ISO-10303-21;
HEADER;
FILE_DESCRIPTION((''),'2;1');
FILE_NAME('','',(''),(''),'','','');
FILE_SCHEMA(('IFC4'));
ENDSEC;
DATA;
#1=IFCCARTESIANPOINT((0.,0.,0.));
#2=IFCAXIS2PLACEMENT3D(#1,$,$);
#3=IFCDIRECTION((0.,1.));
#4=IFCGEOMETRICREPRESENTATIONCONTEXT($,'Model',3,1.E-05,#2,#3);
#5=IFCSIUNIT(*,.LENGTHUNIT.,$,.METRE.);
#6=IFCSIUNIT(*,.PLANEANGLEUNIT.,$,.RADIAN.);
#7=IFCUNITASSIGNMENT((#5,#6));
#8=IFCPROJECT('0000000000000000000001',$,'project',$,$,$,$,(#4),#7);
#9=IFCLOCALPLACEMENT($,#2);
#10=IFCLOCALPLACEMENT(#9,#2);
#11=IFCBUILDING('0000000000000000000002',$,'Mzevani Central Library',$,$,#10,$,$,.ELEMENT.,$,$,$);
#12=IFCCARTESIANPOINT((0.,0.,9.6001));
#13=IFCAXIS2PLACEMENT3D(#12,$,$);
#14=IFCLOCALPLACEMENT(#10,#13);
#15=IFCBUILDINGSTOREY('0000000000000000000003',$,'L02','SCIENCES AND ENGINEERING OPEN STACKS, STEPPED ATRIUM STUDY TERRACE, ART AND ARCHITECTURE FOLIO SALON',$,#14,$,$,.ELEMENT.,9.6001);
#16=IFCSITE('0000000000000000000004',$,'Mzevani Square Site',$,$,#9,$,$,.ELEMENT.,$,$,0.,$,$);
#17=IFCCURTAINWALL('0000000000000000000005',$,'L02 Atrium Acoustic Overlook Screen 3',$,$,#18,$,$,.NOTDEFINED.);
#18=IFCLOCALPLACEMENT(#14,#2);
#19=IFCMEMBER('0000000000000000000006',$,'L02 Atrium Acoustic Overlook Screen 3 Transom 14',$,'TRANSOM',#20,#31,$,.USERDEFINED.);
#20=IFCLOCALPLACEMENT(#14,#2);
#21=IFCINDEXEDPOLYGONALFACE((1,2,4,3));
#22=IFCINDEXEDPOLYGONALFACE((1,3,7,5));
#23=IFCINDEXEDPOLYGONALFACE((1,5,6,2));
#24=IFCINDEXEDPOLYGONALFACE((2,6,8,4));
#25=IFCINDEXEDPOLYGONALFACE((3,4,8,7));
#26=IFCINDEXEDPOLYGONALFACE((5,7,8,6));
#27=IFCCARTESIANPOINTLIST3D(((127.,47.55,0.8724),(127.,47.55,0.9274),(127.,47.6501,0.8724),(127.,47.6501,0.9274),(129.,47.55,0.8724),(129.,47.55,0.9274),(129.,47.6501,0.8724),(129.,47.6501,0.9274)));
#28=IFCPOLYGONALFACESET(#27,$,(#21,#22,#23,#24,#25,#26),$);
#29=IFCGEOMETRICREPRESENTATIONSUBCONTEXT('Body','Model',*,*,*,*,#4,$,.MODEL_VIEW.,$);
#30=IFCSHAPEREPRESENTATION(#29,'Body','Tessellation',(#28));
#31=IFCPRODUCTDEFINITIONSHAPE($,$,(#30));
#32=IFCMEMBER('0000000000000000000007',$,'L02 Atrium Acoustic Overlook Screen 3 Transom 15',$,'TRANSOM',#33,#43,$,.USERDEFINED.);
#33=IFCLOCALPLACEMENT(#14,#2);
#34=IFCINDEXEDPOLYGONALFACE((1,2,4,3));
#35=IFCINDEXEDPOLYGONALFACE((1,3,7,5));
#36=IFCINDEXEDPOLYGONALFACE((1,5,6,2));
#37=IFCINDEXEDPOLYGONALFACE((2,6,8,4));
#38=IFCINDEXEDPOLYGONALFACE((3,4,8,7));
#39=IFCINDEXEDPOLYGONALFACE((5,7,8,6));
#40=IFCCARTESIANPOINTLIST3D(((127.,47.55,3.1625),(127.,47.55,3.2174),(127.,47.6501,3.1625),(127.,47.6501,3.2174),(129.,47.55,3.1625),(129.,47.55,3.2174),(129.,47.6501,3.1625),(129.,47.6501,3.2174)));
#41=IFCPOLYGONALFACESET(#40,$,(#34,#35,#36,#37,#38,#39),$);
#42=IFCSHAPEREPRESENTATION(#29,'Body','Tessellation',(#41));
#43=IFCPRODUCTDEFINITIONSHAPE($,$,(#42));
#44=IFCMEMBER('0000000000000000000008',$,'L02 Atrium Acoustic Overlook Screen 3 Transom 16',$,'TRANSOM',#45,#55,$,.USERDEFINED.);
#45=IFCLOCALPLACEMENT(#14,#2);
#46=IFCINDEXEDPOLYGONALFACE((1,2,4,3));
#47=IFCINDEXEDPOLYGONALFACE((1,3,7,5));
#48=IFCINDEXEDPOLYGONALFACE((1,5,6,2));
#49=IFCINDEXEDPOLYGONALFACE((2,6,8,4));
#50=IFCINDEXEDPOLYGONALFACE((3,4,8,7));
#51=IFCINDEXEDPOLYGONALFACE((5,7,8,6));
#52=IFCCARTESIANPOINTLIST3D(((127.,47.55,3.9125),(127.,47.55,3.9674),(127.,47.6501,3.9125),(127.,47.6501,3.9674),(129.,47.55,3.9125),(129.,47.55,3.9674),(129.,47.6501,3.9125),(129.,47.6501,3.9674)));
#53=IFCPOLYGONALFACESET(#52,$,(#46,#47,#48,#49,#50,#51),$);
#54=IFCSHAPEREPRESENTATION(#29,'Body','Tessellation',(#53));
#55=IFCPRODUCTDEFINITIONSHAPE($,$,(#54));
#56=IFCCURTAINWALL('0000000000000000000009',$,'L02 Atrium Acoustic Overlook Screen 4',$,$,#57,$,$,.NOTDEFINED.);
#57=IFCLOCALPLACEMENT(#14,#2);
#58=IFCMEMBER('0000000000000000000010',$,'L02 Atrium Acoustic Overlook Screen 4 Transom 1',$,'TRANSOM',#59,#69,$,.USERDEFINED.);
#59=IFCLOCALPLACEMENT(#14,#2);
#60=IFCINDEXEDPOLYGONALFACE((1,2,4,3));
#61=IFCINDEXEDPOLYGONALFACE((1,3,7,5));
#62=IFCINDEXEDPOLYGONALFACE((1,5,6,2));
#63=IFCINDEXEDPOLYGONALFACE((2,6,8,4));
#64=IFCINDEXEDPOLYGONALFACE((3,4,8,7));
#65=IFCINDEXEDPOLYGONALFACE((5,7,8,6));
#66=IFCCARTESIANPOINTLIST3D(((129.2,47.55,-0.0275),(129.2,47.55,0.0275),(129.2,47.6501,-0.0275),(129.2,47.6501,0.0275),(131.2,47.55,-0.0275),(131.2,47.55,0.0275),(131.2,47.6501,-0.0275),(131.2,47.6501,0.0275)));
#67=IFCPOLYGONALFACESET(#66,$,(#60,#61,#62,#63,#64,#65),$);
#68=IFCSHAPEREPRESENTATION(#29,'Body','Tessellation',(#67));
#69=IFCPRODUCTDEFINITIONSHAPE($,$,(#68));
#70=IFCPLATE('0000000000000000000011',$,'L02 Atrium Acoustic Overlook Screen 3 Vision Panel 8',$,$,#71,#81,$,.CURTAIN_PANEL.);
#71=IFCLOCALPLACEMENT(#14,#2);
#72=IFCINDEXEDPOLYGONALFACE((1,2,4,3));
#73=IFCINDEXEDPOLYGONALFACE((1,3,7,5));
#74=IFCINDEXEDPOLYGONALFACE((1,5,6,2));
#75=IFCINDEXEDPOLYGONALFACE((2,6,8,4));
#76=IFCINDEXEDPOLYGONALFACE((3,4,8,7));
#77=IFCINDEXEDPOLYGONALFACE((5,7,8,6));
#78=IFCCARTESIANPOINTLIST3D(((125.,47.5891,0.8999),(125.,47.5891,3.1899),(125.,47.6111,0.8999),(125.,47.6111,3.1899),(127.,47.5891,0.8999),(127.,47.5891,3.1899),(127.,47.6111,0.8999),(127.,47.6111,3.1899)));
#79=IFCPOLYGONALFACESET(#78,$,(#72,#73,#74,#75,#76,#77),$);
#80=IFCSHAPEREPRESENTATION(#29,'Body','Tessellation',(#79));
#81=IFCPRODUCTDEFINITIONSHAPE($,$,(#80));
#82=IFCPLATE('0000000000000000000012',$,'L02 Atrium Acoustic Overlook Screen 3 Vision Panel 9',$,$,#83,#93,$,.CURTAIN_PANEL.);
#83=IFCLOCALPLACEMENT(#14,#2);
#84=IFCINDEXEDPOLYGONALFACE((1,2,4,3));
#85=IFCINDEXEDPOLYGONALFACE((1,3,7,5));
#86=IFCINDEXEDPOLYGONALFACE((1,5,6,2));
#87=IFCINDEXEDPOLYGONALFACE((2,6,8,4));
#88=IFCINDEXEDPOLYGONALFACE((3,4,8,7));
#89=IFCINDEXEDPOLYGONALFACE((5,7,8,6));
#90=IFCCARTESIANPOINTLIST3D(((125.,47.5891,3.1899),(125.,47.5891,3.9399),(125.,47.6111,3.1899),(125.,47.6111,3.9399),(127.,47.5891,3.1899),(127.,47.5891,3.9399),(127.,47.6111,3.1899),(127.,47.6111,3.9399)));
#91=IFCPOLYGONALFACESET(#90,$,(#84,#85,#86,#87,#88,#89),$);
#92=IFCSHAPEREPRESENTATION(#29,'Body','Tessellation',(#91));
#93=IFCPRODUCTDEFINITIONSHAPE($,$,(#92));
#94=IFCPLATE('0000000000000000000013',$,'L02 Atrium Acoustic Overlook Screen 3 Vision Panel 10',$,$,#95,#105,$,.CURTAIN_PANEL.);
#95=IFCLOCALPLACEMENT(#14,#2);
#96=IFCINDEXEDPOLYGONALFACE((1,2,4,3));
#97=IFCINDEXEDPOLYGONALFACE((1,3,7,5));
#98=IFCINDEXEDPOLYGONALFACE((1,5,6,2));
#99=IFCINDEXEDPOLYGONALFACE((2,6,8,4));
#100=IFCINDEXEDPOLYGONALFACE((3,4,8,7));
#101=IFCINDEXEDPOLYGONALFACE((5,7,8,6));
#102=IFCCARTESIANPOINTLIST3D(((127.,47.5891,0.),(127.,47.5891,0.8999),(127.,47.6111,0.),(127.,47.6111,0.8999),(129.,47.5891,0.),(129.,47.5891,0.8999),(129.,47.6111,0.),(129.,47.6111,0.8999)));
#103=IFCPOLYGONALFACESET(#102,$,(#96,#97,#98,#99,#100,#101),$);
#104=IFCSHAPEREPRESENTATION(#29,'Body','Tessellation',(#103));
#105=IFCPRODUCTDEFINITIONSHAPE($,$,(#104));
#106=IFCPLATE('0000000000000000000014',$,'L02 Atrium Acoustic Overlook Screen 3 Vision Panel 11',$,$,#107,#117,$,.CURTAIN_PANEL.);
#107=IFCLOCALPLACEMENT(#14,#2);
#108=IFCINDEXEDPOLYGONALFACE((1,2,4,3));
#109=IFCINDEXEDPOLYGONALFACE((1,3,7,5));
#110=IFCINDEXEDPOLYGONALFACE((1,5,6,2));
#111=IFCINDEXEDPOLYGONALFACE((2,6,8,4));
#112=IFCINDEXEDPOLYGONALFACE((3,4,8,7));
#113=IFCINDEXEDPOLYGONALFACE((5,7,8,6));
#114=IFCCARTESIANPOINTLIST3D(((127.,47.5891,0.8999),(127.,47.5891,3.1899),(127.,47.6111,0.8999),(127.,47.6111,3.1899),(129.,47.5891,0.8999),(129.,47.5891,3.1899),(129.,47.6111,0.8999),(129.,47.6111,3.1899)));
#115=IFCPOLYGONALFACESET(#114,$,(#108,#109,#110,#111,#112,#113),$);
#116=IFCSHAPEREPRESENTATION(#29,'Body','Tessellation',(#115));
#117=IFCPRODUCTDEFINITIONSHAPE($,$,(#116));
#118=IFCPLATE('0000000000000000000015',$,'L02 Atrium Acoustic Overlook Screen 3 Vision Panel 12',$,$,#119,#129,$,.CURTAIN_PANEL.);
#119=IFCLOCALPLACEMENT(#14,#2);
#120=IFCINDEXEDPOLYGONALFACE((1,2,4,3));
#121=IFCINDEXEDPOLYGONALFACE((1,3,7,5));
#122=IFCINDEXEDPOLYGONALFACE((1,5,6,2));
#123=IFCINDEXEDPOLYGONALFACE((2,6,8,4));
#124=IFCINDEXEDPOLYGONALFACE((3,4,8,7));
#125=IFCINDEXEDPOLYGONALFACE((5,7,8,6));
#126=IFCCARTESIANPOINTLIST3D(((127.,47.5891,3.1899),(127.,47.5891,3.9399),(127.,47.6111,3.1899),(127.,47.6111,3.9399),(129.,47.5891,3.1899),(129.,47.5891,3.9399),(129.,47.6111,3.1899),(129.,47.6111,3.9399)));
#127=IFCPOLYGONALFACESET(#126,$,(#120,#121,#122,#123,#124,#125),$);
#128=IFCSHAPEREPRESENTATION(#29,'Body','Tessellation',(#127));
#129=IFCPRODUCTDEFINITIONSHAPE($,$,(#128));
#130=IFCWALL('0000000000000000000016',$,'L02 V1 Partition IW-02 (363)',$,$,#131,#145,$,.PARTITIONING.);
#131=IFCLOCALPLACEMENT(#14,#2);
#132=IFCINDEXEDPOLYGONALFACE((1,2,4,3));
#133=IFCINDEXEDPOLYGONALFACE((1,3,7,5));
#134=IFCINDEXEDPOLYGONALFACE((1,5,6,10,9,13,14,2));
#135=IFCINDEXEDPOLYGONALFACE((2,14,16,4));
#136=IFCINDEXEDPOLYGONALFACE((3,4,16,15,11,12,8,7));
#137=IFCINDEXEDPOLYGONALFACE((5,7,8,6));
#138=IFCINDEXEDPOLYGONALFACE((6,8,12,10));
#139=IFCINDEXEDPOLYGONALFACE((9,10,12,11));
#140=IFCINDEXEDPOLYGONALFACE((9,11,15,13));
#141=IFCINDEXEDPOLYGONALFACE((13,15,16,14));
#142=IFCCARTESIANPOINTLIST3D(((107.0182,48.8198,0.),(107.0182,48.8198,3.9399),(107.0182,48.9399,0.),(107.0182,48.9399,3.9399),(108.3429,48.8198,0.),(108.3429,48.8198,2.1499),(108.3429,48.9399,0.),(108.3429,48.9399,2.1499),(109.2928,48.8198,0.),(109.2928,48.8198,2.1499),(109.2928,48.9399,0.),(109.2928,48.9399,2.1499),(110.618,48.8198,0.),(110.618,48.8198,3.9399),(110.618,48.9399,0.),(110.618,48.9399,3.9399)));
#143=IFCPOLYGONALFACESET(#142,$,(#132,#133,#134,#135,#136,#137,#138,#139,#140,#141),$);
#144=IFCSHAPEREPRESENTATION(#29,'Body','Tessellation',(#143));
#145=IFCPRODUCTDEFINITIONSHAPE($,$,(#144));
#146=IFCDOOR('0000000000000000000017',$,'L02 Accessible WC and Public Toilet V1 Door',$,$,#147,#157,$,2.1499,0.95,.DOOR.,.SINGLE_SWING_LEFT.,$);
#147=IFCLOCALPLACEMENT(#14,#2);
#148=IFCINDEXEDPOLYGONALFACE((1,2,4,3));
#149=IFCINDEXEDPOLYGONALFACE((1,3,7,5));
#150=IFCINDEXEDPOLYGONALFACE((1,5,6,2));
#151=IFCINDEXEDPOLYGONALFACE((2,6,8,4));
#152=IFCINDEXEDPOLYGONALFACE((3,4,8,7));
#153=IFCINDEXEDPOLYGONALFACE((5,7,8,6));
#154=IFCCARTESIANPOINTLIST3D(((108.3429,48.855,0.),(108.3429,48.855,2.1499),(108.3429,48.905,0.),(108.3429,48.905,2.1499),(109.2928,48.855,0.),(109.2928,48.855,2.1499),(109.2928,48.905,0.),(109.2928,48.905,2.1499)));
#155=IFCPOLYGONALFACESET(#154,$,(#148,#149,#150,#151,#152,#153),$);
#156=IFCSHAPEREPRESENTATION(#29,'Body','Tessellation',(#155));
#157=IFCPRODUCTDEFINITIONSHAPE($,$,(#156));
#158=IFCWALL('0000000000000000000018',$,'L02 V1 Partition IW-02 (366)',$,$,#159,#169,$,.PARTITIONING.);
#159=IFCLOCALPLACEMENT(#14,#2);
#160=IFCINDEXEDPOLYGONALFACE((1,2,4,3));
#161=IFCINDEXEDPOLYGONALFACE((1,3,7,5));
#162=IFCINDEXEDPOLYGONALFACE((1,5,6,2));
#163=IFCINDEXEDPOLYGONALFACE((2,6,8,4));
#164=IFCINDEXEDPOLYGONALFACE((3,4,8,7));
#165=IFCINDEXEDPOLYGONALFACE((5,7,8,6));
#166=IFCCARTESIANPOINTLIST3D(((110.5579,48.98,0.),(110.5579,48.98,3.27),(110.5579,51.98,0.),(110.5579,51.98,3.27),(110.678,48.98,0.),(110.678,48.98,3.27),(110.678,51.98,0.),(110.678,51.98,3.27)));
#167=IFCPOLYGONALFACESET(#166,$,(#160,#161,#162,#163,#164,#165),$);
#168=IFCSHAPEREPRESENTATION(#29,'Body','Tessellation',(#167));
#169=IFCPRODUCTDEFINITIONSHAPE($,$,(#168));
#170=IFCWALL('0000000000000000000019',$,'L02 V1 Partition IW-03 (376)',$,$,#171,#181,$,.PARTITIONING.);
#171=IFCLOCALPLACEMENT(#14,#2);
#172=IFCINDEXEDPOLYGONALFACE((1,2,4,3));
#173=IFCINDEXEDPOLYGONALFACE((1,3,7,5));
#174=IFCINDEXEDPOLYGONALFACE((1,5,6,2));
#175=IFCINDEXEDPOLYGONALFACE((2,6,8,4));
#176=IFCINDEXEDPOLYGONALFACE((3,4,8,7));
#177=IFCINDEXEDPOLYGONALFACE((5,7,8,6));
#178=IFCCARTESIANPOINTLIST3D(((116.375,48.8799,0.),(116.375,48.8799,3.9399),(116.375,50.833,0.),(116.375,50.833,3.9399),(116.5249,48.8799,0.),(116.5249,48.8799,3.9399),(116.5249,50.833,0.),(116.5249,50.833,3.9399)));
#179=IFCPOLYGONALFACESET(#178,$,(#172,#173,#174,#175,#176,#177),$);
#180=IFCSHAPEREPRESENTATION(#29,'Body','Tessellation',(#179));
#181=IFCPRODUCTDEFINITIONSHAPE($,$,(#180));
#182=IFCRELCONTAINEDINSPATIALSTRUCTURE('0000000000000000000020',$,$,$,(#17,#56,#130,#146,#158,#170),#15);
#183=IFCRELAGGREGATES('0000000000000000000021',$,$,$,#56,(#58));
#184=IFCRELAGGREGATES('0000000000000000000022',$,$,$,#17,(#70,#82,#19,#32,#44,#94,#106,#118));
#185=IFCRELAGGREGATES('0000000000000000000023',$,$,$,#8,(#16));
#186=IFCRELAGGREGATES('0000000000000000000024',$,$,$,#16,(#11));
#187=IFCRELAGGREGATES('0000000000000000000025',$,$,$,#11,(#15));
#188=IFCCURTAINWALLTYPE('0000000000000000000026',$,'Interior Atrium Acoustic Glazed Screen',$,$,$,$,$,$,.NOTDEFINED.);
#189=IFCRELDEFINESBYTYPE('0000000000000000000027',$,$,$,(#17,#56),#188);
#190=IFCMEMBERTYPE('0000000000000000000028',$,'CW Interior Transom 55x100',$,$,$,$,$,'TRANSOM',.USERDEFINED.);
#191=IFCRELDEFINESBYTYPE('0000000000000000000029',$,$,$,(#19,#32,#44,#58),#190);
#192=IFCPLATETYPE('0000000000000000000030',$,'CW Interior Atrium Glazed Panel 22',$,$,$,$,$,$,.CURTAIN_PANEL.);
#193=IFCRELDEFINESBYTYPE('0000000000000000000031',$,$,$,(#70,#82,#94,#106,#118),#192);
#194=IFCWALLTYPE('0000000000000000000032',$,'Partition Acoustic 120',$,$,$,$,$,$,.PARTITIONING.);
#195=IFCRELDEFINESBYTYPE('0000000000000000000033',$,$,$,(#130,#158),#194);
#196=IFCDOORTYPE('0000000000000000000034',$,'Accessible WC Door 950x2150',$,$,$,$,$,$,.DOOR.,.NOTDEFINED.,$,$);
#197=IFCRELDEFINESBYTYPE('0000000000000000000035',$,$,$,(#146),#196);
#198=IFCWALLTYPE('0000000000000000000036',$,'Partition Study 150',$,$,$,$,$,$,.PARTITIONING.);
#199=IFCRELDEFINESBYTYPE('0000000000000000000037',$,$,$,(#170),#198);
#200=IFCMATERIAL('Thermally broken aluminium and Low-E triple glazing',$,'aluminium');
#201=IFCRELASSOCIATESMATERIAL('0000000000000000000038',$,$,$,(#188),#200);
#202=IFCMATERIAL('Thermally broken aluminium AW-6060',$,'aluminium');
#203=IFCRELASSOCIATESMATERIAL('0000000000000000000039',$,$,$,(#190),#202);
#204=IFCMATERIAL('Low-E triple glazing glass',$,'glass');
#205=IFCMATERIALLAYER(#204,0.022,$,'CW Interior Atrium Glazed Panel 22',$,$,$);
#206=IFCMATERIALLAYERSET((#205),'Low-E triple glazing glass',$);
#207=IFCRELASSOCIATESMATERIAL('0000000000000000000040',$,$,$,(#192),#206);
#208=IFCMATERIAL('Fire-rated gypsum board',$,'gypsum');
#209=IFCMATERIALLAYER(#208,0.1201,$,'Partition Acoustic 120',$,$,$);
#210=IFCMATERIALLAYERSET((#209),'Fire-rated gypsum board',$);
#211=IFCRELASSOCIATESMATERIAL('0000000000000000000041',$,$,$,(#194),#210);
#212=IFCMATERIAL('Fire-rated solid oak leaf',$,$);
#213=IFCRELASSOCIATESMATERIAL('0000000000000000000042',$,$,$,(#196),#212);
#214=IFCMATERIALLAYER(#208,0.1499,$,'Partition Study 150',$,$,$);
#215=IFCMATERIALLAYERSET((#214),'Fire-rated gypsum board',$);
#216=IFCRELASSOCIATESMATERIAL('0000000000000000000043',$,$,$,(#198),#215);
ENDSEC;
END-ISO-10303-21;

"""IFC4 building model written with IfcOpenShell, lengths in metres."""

from ifc_helpers import new_model, si_unit, direction, frame, frame_2d, origin, origin_2d, place, context, subcontext, project, spatial, rectangle, extrude, material, layer, layer_set, material_profile, profile_set, type_object, element, fill, aggregate, save


model = new_model("IFC4")

# Units and contexts
model_context = context("Model", 3, precision=1e-05, world=origin(), true_north=direction((0.0, 1.0)))
body_context = subcontext(model_context, "Body", "Model", "MODEL_VIEW")
ifc_project = project(units=[si_unit("LENGTHUNIT", "METRE"), si_unit("PLANEANGLEUNIT", "RADIAN")], contexts=[model_context])

# Site, building, storey
site_placement = place(None, origin())
site = spatial("IfcSite", under=ifc_project, at=site_placement, Name="Mzevani Square Site", CompositionType="ELEMENT", RefElevation=0.0)
building_placement = place(site_placement, origin())
building = spatial("IfcBuilding", under=site, at=building_placement, Name="Mzevani Central Library", CompositionType="ELEMENT")
storey_placement = place(building_placement, frame((0.0, 0.0, 9.6001)))
storey = spatial("IfcBuildingStorey", under=building, at=storey_placement, Name="L02", Description="SCIENCES AND ENGINEERING OPEN STACKS, STEPPED ATRIUM STUDY TERRACE, ART AND ARCHITECTURE FOLIO SALON", CompositionType="ELEMENT", Elevation=9.6001)

# Curtain wall, members
ifc_material_1 = material(Name="Thermally broken aluminium and Low-E triple glazing", Category="aluminium")
curtain_wall_type = type_object("IfcCurtainWallType", Name="Interior Atrium Acoustic Glazed Screen", PredefinedType="NOTDEFINED", material=ifc_material_1)
curtain_wall_1_placement = place(storey_placement, origin())
curtain_wall_1 = element("IfcCurtainWall", 1, at=curtain_wall_1_placement, inside=storey, type_object=curtain_wall_type, Name="L02 Atrium Acoustic Overlook Screen 3", PredefinedType="NOTDEFINED")
ifc_material_2 = material(Name="Thermally broken aluminium AW-6060", Category="aluminium")
ifc_material_profile_1 = material_profile(ifc_material_2, rectangle(XDim=0.1001, YDim=0.0549, at=origin_2d()), Name="ALU T55x100")
ifc_profile_set_1 = profile_set([ifc_material_profile_1], Name="Thermally broken aluminium AW-6060")
member_type_1 = type_object("IfcMemberType", Name="CW Interior Transom 55x100", ElementType="TRANSOM", PredefinedType="USERDEFINED", material=ifc_profile_set_1)
member_1_placement = place(storey_placement, frame((127.0, 47.6001, 0.8999), z_axis=(1.0, 0.0, 0.0), x_axis=(0.0, 1.0, 0.0)))
member_1 = element("IfcMember", 2, at=member_1_placement, type_object=member_type_1, Name="L02 Atrium Acoustic Overlook Screen 3 Transom 14", ObjectType="TRANSOM", PredefinedType="USERDEFINED", context=body_context, shape_type="SweptSolid", body=[
    extrude(rectangle(XDim=0.1001, YDim=0.0549, at=origin_2d()), origin(), (0.0, 0.0, 1.0), 2.0),
])
member_2_placement = place(storey_placement, frame((127.0, 47.6001, 3.1899), z_axis=(1.0, 0.0, 0.0), x_axis=(0.0, 1.0, 0.0)))
member_2 = element("IfcMember", 3, at=member_2_placement, type_object=member_type_1, Name="L02 Atrium Acoustic Overlook Screen 3 Transom 15", ObjectType="TRANSOM", PredefinedType="USERDEFINED", context=body_context, shape_type="SweptSolid", body=[
    extrude(rectangle(XDim=0.1001, YDim=0.0549, at=origin_2d()), origin(), (0.0, 0.0, 1.0), 2.0),
])
member_3_placement = place(storey_placement, frame((127.0, 47.6001, 3.9399), z_axis=(1.0, 0.0, 0.0), x_axis=(0.0, 1.0, 0.0)))
member_3 = element("IfcMember", 4, at=member_3_placement, type_object=member_type_1, Name="L02 Atrium Acoustic Overlook Screen 3 Transom 16", ObjectType="TRANSOM", PredefinedType="USERDEFINED", context=body_context, shape_type="SweptSolid", body=[
    extrude(rectangle(XDim=0.1001, YDim=0.0549, at=origin_2d()), origin(), (0.0, 0.0, 1.0), 2.0),
])

# Curtain wall, member
curtain_wall_2_placement = place(storey_placement, origin())
curtain_wall_2 = element("IfcCurtainWall", 5, at=curtain_wall_2_placement, inside=storey, type_object=curtain_wall_type, Name="L02 Atrium Acoustic Overlook Screen 4", PredefinedType="NOTDEFINED")
member_4_placement = place(storey_placement, frame((129.2, 47.6001, 0.0), z_axis=(1.0, 0.0, 0.0), x_axis=(0.0, 1.0, 0.0)))
member_4 = element("IfcMember", 6, at=member_4_placement, type_object=member_type_1, Name="L02 Atrium Acoustic Overlook Screen 4 Transom 1", ObjectType="TRANSOM", PredefinedType="USERDEFINED", context=body_context, shape_type="SweptSolid", body=[
    extrude(rectangle(XDim=0.1001, YDim=0.0549, at=origin_2d()), origin(), (0.0, 0.0, 1.0), 2.0),
])
aggregate(curtain_wall_2, [member_4])

# Plates
ifc_material_3 = material(Name="Low-E triple glazing glass", Category="glass")
ifc_layer_1 = layer(ifc_material_3, 0.022, Name="CW Interior Atrium Glazed Panel 22")
ifc_layer_set_1 = layer_set([ifc_layer_1], Name="Low-E triple glazing glass")
plate_type = type_object("IfcPlateType", Name="CW Interior Atrium Glazed Panel 22", PredefinedType="CURTAIN_PANEL", material=ifc_layer_set_1)
plate_1_placement = place(storey_placement, frame((126.0, 47.6001, 0.8999), z_axis=(0.0, 0.0, 1.0), x_axis=(1.0, 0.0, 0.0)))
plate_1 = element("IfcPlate", 7, at=plate_1_placement, type_object=plate_type, Name="L02 Atrium Acoustic Overlook Screen 3 Vision Panel 8", PredefinedType="CURTAIN_PANEL", context=body_context, shape_type="SweptSolid", body=[
    extrude(rectangle(XDim=2.0, YDim=0.022, at=origin_2d()), origin(), (0.0, 0.0, 1.0), 2.29),
])
plate_2_placement = place(storey_placement, frame((126.0, 47.6001, 3.1899), z_axis=(0.0, 0.0, 1.0), x_axis=(1.0, 0.0, 0.0)))
plate_2 = element("IfcPlate", 8, at=plate_2_placement, type_object=plate_type, Name="L02 Atrium Acoustic Overlook Screen 3 Vision Panel 9", PredefinedType="CURTAIN_PANEL", context=body_context, shape_type="SweptSolid", body=[
    extrude(rectangle(XDim=2.0, YDim=0.022, at=origin_2d()), origin(), (0.0, 0.0, 1.0), 0.75),
])
plate_3_placement = place(storey_placement, frame((128.0, 47.6001, 0.0), z_axis=(0.0, 0.0, 1.0), x_axis=(1.0, 0.0, 0.0)))
plate_3 = element("IfcPlate", 9, at=plate_3_placement, type_object=plate_type, Name="L02 Atrium Acoustic Overlook Screen 3 Vision Panel 10", PredefinedType="CURTAIN_PANEL", context=body_context, shape_type="SweptSolid", body=[
    extrude(rectangle(XDim=2.0, YDim=0.022, at=origin_2d()), origin(), (0.0, 0.0, 1.0), 0.8999),
])
plate_4_placement = place(storey_placement, frame((128.0, 47.6001, 0.8999), z_axis=(0.0, 0.0, 1.0), x_axis=(1.0, 0.0, 0.0)))
plate_4 = element("IfcPlate", 10, at=plate_4_placement, type_object=plate_type, Name="L02 Atrium Acoustic Overlook Screen 3 Vision Panel 11", PredefinedType="CURTAIN_PANEL", context=body_context, shape_type="SweptSolid", body=[
    extrude(rectangle(XDim=2.0, YDim=0.022, at=origin_2d()), origin(), (0.0, 0.0, 1.0), 2.29),
])
plate_5_placement = place(storey_placement, frame((128.0, 47.6001, 3.1899), z_axis=(0.0, 0.0, 1.0), x_axis=(1.0, 0.0, 0.0)))
plate_5 = element("IfcPlate", 11, at=plate_5_placement, type_object=plate_type, Name="L02 Atrium Acoustic Overlook Screen 3 Vision Panel 12", PredefinedType="CURTAIN_PANEL", context=body_context, shape_type="SweptSolid", body=[
    extrude(rectangle(XDim=2.0, YDim=0.022, at=origin_2d()), origin(), (0.0, 0.0, 1.0), 0.75),
])
aggregate(curtain_wall_1, [plate_1, plate_2, member_1, member_2, member_3, plate_3, plate_4, plate_5])

# Wall, opening, door
ifc_material_4 = material(Name="Fire-rated gypsum board", Category="gypsum")
ifc_layer_2 = layer(ifc_material_4, 0.1201, Name="Partition Acoustic 120")
ifc_layer_set_2 = layer_set([ifc_layer_2], Name="Fire-rated gypsum board")
wall_type_1 = type_object("IfcWallType", Name="Partition Acoustic 120", PredefinedType="PARTITIONING", material=ifc_layer_set_2)
wall_1_placement = place(storey_placement, frame((110.6179, 48.8799, 0.0), z_axis=(0.0, 0.0, 1.0), x_axis=(-1.0, 0.0, 0.0)))
wall_1 = element("IfcWall", 12, at=wall_1_placement, inside=storey, type_object=wall_type_1, Name="L02 V1 Partition IW-02 (363)", PredefinedType="PARTITIONING", context=body_context, shape_type="SweptSolid", body=[
    extrude(rectangle(XDim=3.5999, YDim=0.1201, at=frame_2d((1.7998, 0.0))), origin(), (0.0, 0.0, 1.0), 3.9399),
])
opening_placement = place(wall_1_placement, frame((1.325, 0.0, 0.0)))
opening = element("IfcOpeningElement", 13, at=opening_placement, cuts=wall_1, PredefinedType="OPENING", context=body_context, shape_type="SweptSolid", body=[
    extrude(rectangle(XDim=0.95, YDim=2.1499, at=frame_2d((0.4751, 1.075))), frame((0.0, 0.0701, 0.0), z_axis=(0.0, -1.0, 0.0), x_axis=(1.0, 0.0, 0.0)), (0.0, 0.0, 1.0), 0.1401),
])
ifc_material_5 = material(Name="Fire-rated solid oak leaf")
door_type = type_object("IfcDoorType", Name="Accessible WC Door 950x2150", OperationType="NOTDEFINED", PredefinedType="DOOR", material=ifc_material_5)
door_placement = place(opening_placement, origin())
door = element("IfcDoor", 14, at=door_placement, inside=storey, type_object=door_type, Name="L02 Accessible WC and Public Toilet V1 Door", OperationType="SINGLE_SWING_LEFT", OverallHeight=2.1499, OverallWidth=0.95, PredefinedType="DOOR", context=body_context, shape_type="SweptSolid", body=[
    extrude(rectangle(XDim=0.95, YDim=2.1499, at=frame_2d((0.4751, 1.075))), frame((0.0, 0.0249, 0.0), z_axis=(0.0, -1.0, 0.0), x_axis=(1.0, 0.0, 0.0)), (0.0, 0.0, 1.0), 0.05),
])
fill(opening, door)

# Walls
wall_2_placement = place(storey_placement, frame((110.6179, 51.98, 0.0), z_axis=(0.0, 0.0, 1.0), x_axis=(0.0, -1.0, 0.0)))
element("IfcWall", 15, at=wall_2_placement, inside=storey, type_object=wall_type_1, Name="L02 V1 Partition IW-02 (366)", PredefinedType="PARTITIONING", context=body_context, shape_type="SweptSolid", body=[
    extrude(rectangle(XDim=3.0, YDim=0.1201, at=frame_2d((1.5, 0.0))), origin(), (0.0, 0.0, 1.0), 3.27),
])
ifc_layer_3 = layer(ifc_material_4, 0.1499, Name="Partition Study 150")
ifc_layer_set_3 = layer_set([ifc_layer_3], Name="Fire-rated gypsum board")
wall_type_2 = type_object("IfcWallType", Name="Partition Study 150", PredefinedType="PARTITIONING", material=ifc_layer_set_3)
wall_3_placement = place(storey_placement, frame((116.45, 48.8799, 0.0), z_axis=(0.0, 0.0, 1.0), x_axis=(0.0, 1.0, 0.0)))
element("IfcWall", 16, at=wall_3_placement, inside=storey, type_object=wall_type_2, Name="L02 V1 Partition IW-03 (376)", PredefinedType="PARTITIONING", context=body_context, shape_type="SweptSolid", body=[
    extrude(rectangle(XDim=1.9531, YDim=0.1499, at=frame_2d((0.9766, 0.0))), origin(), (0.0, 0.0, 1.0), 3.9399),
])

save(model, "model.ifc")
